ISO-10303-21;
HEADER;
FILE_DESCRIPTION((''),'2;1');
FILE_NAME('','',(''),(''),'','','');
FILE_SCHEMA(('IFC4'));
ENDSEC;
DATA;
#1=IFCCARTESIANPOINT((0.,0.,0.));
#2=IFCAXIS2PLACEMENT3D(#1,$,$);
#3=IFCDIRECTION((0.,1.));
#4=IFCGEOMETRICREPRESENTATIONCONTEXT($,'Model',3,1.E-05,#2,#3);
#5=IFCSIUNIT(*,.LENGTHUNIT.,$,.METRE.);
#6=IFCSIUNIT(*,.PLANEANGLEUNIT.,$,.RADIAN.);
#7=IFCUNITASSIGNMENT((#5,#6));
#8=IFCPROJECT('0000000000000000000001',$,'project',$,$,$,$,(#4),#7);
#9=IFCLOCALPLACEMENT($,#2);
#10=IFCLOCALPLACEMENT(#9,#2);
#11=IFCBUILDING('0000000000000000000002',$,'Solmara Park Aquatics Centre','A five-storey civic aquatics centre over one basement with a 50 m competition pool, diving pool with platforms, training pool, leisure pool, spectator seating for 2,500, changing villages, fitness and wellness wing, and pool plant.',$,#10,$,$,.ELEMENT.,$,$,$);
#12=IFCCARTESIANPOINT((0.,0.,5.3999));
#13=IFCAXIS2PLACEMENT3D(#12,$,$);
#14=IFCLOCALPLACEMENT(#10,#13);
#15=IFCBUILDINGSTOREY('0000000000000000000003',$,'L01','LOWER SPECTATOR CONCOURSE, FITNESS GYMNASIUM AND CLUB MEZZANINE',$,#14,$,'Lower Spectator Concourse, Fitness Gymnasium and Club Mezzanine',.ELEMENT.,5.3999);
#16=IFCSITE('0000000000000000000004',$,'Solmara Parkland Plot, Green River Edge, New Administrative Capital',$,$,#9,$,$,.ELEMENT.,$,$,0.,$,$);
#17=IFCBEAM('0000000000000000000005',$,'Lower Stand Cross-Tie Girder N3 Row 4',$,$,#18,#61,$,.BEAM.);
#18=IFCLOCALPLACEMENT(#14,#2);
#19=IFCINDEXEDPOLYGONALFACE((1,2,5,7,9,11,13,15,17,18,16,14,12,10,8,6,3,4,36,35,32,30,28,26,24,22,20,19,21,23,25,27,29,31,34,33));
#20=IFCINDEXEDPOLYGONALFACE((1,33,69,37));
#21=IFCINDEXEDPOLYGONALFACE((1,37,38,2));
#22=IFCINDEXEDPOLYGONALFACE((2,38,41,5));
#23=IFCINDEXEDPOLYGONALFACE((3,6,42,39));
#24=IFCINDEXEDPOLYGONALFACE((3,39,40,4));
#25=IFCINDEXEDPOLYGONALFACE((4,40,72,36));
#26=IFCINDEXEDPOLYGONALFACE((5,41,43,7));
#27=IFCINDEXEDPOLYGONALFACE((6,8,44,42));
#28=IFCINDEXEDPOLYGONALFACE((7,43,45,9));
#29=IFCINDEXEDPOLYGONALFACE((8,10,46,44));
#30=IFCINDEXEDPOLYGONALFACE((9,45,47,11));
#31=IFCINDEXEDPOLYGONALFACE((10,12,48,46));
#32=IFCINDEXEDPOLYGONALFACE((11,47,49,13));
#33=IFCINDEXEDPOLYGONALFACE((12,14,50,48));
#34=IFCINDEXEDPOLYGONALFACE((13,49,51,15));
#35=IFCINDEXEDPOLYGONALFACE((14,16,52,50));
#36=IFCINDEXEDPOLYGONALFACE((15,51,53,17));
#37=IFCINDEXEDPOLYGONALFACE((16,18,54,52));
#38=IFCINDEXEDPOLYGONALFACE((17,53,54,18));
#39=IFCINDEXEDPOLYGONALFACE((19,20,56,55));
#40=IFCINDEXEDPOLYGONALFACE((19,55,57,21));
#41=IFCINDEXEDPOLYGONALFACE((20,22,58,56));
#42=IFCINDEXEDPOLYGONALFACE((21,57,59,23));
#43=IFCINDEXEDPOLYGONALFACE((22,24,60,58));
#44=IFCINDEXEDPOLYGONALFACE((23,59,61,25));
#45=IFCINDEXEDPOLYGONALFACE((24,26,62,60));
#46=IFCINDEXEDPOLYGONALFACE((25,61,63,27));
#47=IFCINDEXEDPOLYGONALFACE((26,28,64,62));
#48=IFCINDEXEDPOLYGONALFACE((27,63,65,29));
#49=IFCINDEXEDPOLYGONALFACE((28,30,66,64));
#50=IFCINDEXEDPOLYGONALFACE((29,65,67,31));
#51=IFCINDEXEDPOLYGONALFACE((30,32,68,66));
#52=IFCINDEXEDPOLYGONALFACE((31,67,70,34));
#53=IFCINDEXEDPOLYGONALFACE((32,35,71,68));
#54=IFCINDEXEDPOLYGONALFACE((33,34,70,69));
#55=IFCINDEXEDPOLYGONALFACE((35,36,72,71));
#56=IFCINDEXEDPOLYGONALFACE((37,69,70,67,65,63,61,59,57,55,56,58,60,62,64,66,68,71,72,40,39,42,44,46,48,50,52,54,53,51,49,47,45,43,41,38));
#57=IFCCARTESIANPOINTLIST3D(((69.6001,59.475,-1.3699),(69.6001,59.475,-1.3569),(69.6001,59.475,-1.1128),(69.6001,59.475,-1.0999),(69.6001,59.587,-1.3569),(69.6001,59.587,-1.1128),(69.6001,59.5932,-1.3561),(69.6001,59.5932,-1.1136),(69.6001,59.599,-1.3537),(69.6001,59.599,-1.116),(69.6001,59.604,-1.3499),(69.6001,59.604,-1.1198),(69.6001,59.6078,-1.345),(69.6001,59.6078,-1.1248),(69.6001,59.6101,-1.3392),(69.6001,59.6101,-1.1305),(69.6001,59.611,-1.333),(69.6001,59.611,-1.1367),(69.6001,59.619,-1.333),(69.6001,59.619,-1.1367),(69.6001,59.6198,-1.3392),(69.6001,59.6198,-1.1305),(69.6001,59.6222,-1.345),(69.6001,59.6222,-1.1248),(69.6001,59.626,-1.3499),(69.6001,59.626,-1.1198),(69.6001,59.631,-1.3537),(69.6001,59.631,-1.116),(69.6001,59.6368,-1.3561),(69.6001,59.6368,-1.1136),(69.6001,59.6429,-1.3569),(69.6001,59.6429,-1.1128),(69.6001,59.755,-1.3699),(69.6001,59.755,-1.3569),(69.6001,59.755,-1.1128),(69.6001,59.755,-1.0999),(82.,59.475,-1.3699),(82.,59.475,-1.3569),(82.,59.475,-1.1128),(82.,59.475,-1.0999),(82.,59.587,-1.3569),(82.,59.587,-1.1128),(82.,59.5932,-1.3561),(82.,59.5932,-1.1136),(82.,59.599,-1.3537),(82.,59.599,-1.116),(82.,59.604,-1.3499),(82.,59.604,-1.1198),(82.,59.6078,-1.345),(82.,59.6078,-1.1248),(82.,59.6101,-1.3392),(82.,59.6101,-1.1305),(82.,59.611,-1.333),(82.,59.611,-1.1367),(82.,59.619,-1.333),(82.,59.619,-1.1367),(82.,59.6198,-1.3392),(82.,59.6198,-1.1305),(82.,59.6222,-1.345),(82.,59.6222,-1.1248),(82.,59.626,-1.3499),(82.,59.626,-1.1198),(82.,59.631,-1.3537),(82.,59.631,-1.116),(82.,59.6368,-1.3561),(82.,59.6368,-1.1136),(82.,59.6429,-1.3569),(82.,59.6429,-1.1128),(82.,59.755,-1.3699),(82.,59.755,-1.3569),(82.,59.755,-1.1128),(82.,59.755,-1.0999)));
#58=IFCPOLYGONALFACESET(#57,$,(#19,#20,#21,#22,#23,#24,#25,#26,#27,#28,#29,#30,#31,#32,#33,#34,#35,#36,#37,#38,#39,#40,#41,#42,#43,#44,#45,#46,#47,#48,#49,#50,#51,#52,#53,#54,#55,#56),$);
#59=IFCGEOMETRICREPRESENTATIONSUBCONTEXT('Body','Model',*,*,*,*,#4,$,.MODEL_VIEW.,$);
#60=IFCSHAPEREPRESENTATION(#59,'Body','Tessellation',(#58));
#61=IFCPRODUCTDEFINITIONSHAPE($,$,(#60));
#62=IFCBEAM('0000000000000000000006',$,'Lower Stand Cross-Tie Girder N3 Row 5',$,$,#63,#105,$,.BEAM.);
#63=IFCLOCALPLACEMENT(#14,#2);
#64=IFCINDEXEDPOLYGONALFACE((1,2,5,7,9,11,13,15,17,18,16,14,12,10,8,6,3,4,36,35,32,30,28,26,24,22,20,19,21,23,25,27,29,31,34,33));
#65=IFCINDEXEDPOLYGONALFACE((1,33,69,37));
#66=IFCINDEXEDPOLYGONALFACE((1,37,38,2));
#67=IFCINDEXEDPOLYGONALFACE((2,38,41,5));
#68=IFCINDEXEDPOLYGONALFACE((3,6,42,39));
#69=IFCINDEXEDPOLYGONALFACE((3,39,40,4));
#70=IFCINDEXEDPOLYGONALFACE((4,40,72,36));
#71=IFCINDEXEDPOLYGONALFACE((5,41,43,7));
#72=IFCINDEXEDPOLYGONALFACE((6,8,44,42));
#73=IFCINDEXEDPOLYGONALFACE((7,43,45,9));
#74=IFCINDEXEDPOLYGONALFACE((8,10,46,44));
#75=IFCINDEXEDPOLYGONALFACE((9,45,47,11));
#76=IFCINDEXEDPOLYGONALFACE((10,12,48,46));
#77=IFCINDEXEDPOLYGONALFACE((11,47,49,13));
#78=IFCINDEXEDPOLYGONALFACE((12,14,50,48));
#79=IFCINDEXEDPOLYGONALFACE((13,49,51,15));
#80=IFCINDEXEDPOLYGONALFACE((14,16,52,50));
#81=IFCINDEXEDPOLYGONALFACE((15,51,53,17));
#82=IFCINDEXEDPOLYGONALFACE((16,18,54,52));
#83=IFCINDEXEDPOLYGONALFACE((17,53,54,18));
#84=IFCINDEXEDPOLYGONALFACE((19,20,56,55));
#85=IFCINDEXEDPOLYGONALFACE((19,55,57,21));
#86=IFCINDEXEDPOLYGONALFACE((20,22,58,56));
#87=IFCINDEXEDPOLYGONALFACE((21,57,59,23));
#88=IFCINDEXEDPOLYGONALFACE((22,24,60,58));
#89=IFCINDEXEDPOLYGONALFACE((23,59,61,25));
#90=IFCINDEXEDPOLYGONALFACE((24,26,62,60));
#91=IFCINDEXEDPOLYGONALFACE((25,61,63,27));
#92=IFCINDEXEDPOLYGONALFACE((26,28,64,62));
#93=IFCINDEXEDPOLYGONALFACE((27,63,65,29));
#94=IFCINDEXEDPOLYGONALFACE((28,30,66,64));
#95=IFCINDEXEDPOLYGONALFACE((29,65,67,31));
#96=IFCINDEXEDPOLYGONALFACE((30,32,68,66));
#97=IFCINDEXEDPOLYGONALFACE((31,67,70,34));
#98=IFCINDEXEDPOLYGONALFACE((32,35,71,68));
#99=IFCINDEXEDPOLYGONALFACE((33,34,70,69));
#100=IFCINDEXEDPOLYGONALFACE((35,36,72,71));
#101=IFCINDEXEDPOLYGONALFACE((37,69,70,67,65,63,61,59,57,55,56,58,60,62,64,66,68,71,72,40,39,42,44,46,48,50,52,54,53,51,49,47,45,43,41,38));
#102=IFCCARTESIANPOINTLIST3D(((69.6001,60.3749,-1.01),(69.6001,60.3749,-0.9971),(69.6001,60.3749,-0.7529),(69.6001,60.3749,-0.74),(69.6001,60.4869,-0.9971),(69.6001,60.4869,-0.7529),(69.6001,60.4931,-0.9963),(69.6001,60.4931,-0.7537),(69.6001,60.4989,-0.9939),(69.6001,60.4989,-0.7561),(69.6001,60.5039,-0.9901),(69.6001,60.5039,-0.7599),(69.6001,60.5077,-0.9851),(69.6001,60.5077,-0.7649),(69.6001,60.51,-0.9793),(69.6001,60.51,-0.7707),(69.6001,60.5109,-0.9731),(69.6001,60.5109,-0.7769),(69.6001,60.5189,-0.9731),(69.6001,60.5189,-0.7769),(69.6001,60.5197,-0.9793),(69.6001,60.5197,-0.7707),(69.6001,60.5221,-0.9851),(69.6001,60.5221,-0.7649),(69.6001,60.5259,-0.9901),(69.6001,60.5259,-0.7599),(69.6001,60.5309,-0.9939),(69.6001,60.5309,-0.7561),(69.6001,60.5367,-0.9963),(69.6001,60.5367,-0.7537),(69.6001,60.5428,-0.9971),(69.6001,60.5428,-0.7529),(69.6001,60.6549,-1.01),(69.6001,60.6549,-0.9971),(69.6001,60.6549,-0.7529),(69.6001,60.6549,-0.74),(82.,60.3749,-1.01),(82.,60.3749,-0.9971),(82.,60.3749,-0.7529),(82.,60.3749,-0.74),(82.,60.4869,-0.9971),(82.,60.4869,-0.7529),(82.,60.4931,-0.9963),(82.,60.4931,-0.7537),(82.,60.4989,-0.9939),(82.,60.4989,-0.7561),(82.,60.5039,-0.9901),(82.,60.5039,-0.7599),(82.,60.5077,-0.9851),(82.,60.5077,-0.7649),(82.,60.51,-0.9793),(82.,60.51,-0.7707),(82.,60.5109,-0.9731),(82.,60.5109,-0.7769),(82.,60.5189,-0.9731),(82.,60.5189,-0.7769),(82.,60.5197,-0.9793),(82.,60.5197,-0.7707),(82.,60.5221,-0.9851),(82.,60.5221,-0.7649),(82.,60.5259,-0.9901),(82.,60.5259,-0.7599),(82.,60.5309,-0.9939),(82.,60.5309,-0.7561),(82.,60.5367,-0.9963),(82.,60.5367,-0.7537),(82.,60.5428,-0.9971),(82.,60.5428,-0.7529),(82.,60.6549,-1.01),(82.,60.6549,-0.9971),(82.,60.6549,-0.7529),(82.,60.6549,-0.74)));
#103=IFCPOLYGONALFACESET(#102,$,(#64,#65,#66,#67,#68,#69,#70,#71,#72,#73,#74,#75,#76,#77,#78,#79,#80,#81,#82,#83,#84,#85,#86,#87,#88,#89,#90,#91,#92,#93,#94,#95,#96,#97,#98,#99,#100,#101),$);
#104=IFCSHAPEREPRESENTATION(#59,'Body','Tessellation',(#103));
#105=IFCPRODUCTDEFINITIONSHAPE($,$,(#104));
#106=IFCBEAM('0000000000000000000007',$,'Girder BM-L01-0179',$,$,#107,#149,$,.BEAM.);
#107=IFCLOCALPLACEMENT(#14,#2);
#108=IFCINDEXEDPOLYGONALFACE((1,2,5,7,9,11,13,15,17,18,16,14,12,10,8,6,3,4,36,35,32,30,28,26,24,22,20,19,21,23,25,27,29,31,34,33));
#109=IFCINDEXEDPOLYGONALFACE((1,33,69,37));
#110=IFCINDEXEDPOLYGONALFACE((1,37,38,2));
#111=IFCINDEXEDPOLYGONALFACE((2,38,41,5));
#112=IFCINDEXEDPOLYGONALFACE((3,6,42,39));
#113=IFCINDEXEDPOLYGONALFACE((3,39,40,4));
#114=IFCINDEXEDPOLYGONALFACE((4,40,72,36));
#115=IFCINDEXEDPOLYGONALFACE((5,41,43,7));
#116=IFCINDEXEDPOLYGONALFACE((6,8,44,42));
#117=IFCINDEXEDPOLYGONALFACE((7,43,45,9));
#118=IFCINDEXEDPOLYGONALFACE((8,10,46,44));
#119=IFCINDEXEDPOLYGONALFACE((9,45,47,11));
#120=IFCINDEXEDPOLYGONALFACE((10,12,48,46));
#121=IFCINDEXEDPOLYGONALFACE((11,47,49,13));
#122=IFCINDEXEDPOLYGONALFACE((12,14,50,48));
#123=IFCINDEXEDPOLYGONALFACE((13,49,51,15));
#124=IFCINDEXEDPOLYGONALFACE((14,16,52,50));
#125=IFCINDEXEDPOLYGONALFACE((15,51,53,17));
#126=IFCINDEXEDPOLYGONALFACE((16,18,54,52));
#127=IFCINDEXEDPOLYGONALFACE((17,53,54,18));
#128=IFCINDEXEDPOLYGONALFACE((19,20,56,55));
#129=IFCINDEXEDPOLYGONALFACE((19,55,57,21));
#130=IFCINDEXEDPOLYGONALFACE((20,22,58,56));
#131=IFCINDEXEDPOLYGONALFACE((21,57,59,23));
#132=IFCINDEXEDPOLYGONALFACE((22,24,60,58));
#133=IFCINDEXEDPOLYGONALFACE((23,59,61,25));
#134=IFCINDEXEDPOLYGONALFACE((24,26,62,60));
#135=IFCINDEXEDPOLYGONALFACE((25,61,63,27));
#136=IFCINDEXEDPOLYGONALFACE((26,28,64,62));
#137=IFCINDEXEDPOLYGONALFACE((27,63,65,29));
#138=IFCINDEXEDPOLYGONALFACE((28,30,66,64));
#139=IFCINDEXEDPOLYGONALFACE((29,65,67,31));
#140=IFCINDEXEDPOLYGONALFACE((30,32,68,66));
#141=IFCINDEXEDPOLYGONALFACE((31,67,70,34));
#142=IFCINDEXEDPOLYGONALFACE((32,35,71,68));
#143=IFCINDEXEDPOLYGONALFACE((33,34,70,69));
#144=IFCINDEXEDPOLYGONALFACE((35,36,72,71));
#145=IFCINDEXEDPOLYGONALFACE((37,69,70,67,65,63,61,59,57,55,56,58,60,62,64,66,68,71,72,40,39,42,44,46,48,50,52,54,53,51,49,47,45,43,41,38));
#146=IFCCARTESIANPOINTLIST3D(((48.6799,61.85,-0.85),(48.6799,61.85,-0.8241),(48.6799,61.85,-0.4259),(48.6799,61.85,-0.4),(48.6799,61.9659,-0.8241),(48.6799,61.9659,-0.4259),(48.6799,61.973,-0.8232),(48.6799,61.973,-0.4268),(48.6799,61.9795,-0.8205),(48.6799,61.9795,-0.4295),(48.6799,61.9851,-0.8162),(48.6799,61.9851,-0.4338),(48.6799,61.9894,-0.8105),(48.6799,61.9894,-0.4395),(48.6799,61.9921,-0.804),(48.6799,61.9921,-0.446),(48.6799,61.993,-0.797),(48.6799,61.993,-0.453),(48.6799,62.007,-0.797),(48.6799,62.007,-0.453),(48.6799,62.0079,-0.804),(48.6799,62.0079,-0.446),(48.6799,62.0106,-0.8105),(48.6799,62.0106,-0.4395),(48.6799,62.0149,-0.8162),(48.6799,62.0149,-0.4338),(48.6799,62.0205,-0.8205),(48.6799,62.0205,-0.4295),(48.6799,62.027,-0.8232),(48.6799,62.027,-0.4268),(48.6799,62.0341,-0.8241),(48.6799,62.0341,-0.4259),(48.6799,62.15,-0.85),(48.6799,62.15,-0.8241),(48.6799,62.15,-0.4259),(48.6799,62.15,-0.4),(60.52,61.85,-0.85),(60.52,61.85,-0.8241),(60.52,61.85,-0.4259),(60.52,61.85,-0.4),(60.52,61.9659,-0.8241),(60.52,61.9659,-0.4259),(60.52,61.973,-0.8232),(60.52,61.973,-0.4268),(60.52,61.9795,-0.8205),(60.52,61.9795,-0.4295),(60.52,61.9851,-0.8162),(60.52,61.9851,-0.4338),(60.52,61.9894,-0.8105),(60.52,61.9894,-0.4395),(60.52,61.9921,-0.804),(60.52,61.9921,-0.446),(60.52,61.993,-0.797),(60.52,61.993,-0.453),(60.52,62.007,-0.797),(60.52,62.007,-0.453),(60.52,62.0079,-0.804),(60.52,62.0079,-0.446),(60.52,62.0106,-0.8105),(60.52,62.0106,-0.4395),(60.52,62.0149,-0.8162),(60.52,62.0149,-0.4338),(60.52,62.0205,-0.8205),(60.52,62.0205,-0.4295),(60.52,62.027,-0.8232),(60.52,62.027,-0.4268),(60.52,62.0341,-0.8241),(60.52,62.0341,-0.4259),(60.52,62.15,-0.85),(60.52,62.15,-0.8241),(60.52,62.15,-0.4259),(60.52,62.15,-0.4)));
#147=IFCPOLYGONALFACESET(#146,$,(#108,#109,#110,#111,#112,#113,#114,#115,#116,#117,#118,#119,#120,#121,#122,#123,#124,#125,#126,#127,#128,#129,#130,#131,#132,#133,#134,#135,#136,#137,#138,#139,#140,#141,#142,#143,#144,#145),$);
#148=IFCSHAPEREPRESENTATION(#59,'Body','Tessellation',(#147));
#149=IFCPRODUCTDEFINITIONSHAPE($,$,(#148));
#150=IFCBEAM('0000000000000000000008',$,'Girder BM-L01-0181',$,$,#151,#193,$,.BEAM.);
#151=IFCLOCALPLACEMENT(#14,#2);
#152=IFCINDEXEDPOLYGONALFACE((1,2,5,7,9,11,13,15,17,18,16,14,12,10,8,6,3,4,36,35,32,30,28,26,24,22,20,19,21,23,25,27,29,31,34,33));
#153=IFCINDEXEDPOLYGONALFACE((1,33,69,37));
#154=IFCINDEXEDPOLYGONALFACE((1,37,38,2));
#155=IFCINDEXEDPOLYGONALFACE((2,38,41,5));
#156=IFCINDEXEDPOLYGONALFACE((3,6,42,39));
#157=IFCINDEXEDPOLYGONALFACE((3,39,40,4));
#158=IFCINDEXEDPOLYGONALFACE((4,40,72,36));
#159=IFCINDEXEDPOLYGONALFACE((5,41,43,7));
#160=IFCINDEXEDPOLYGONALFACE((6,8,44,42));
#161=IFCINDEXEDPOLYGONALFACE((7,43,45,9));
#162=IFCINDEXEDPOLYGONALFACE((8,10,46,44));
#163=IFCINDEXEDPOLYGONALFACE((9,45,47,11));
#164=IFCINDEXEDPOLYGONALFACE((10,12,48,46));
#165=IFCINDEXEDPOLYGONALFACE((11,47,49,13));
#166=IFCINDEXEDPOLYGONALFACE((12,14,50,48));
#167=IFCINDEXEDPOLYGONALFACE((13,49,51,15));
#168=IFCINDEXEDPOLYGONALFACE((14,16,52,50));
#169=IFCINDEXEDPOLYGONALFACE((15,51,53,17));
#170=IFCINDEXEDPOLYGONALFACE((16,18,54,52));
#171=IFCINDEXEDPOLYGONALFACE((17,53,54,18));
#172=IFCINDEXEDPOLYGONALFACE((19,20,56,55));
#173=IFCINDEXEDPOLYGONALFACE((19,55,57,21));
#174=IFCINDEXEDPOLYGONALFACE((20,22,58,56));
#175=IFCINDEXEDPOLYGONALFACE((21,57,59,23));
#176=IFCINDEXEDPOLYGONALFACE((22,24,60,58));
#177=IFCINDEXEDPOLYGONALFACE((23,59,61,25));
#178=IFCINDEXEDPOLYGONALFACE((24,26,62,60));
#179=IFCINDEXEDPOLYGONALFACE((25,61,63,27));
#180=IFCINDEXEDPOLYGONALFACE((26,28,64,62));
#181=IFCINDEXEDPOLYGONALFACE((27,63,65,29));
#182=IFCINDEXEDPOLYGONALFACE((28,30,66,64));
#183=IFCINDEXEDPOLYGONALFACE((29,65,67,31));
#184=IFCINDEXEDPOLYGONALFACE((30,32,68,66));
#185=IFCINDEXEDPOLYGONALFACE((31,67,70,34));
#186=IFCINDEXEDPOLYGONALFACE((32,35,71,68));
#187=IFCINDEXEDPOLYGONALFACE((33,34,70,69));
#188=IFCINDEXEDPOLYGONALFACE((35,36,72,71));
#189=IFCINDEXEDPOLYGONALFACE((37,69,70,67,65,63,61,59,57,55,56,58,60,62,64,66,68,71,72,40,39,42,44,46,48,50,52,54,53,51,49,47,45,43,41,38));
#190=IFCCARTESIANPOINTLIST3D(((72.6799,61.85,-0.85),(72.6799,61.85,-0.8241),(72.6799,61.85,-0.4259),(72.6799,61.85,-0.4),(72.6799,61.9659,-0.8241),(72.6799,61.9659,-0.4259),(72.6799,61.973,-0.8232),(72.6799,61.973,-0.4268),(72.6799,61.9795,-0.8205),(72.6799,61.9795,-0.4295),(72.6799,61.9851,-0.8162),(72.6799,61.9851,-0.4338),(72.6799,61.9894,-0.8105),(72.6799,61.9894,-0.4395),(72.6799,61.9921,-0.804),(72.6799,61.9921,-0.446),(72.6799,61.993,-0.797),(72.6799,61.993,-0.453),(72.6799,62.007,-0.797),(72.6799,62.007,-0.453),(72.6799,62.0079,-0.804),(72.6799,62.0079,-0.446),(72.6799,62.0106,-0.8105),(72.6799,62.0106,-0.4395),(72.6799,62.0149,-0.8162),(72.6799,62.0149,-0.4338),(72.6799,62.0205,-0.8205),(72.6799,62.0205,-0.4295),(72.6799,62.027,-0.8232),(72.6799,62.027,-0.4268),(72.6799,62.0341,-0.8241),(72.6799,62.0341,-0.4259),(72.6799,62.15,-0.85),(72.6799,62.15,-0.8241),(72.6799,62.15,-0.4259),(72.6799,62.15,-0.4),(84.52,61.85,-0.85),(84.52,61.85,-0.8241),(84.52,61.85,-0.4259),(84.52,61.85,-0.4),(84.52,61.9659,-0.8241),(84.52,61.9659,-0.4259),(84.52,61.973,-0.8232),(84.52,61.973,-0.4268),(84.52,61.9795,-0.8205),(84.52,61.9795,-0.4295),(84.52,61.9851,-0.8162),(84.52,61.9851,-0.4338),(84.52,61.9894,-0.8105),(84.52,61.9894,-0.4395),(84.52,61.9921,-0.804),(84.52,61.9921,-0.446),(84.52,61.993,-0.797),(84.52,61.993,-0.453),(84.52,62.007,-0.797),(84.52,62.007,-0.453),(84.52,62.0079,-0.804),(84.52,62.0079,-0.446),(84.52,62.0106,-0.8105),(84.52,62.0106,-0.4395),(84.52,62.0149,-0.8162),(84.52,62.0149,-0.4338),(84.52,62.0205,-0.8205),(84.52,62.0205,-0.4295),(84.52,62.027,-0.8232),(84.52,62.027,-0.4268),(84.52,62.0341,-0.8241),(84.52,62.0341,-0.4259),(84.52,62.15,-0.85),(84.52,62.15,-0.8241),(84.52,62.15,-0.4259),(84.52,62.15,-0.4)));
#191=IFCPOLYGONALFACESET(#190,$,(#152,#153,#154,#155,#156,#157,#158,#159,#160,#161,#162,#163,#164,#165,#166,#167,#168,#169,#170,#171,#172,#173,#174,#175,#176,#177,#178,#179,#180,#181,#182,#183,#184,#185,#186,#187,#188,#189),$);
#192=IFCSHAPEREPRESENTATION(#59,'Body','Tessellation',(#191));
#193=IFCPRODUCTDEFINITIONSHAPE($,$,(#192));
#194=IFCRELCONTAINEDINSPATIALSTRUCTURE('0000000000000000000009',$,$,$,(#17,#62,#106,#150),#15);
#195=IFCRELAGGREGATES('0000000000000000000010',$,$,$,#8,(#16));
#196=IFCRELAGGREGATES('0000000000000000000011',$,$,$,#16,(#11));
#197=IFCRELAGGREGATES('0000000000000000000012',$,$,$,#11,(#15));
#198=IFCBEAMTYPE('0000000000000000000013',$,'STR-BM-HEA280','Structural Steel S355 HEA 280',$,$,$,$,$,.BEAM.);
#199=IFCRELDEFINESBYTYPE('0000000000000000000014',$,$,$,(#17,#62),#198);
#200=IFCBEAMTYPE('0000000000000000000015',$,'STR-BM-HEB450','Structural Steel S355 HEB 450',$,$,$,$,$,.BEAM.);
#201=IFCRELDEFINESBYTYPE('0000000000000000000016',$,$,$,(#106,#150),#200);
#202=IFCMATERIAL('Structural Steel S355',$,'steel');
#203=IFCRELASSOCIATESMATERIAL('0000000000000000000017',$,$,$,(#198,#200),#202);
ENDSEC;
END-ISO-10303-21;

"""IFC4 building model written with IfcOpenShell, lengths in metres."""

from ifc_helpers import new_model, si_unit, direction, frame, origin, origin_2d, place, context, subcontext, project, spatial, i_section, extrude, material, material_profile, profile_set, type_object, element, save


model = new_model("IFC4")

# Units and contexts
model_context = context("Model", 3, precision=1e-05, world=origin(), true_north=direction((0.0, 1.0)))
body_context = subcontext(model_context, "Body", "Model", "MODEL_VIEW")
ifc_project = project(units=[si_unit("LENGTHUNIT", "METRE"), si_unit("PLANEANGLEUNIT", "RADIAN")], contexts=[model_context])

# Site, building, storey
site_placement = place(None, origin())
site = spatial("IfcSite", under=ifc_project, at=site_placement, Name="Solmara Parkland Plot, Green River Edge, New Administrative Capital", CompositionType="ELEMENT", RefElevation=0.0)
building_placement = place(site_placement, origin())
building = spatial("IfcBuilding", under=site, at=building_placement, Name="Solmara Park Aquatics Centre", Description="A five-storey civic aquatics centre over one basement with a 50 m competition pool, diving pool with platforms, training pool, leisure pool, spectator seating for 2,500, changing villages, fitness and wellness wing, and pool plant.", CompositionType="ELEMENT")
storey_placement = place(building_placement, frame((0.0, 0.0, 5.3999)))
storey = spatial("IfcBuildingStorey", under=building, at=storey_placement, Name="L01", Description="LOWER SPECTATOR CONCOURSE, FITNESS GYMNASIUM AND CLUB MEZZANINE", LongName="Lower Spectator Concourse, Fitness Gymnasium and Club Mezzanine", CompositionType="ELEMENT", Elevation=5.3999)

# Shared definitions
ifc_material_1 = material(Name="Structural Steel S355", Category="steel")

# Beams
ifc_material_profile_1 = material_profile(ifc_material_1, i_section(OverallWidth=0.28, OverallDepth=0.27, WebThickness=0.0081, FlangeThickness=0.0129, FilletRadius=0.0239, at=origin_2d()), Name="HEA 280")
ifc_profile_set_1 = profile_set([ifc_material_profile_1], Name="Structural Steel S355")
beam_type_1 = type_object("IfcBeamType", Name="STR-BM-HEA280", Description="Structural Steel S355 HEA 280", PredefinedType="BEAM", material=ifc_profile_set_1)
for number, where, z_axis, x_axis, name in (
    (1, (69.6001, 59.615, -1.2349), (1.0, 0.0, 0.0), (0.0, 1.0, 0.0), "Lower Stand Cross-Tie Girder N3 Row 4"),
    (2, (69.6001, 60.5149, -0.875), (1.0, 0.0, 0.0), (0.0, 1.0, 0.0), "Lower Stand Cross-Tie Girder N3 Row 5"),
):
    element("IfcBeam", number, at=place(storey_placement, frame(where, z_axis=z_axis, x_axis=x_axis)), inside=storey, type_object=beam_type_1, Name=name, PredefinedType="BEAM", context=body_context, shape_type="SweptSolid", body=[
        extrude(i_section(OverallWidth=0.28, OverallDepth=0.27, WebThickness=0.0081, FlangeThickness=0.0129, FilletRadius=0.0239, at=origin_2d()), origin(), (0.0, 0.0, 1.0), 12.3999),
    ])
ifc_material_profile_2 = material_profile(ifc_material_1, i_section(OverallWidth=0.3, OverallDepth=0.45, WebThickness=0.0139, FlangeThickness=0.0259, FilletRadius=0.0271, at=origin_2d()), Name="HEB 450")
ifc_profile_set_2 = profile_set([ifc_material_profile_2], Name="Structural Steel S355")
beam_type_2 = type_object("IfcBeamType", Name="STR-BM-HEB450", Description="Structural Steel S355 HEB 450", PredefinedType="BEAM", material=ifc_profile_set_2)
for number, where, z_axis, x_axis, name in (
    (3, (48.6799, 62.0, -0.625), (1.0, 0.0, 0.0), (0.0, 1.0, 0.0), "Girder BM-L01-0179"),
    (4, (72.6799, 62.0, -0.625), (1.0, 0.0, 0.0), (0.0, 1.0, 0.0), "Girder BM-L01-0181"),
):
    element("IfcBeam", number, at=place(storey_placement, frame(where, z_axis=z_axis, x_axis=x_axis)), inside=storey, type_object=beam_type_2, Name=name, PredefinedType="BEAM", context=body_context, shape_type="SweptSolid", body=[
        extrude(i_section(OverallWidth=0.3, OverallDepth=0.45, WebThickness=0.0139, FlangeThickness=0.0259, FilletRadius=0.0271, at=origin_2d()), origin(), (0.0, 0.0, 1.0), 11.8401),
    ])

save(model, "model.ifc")
